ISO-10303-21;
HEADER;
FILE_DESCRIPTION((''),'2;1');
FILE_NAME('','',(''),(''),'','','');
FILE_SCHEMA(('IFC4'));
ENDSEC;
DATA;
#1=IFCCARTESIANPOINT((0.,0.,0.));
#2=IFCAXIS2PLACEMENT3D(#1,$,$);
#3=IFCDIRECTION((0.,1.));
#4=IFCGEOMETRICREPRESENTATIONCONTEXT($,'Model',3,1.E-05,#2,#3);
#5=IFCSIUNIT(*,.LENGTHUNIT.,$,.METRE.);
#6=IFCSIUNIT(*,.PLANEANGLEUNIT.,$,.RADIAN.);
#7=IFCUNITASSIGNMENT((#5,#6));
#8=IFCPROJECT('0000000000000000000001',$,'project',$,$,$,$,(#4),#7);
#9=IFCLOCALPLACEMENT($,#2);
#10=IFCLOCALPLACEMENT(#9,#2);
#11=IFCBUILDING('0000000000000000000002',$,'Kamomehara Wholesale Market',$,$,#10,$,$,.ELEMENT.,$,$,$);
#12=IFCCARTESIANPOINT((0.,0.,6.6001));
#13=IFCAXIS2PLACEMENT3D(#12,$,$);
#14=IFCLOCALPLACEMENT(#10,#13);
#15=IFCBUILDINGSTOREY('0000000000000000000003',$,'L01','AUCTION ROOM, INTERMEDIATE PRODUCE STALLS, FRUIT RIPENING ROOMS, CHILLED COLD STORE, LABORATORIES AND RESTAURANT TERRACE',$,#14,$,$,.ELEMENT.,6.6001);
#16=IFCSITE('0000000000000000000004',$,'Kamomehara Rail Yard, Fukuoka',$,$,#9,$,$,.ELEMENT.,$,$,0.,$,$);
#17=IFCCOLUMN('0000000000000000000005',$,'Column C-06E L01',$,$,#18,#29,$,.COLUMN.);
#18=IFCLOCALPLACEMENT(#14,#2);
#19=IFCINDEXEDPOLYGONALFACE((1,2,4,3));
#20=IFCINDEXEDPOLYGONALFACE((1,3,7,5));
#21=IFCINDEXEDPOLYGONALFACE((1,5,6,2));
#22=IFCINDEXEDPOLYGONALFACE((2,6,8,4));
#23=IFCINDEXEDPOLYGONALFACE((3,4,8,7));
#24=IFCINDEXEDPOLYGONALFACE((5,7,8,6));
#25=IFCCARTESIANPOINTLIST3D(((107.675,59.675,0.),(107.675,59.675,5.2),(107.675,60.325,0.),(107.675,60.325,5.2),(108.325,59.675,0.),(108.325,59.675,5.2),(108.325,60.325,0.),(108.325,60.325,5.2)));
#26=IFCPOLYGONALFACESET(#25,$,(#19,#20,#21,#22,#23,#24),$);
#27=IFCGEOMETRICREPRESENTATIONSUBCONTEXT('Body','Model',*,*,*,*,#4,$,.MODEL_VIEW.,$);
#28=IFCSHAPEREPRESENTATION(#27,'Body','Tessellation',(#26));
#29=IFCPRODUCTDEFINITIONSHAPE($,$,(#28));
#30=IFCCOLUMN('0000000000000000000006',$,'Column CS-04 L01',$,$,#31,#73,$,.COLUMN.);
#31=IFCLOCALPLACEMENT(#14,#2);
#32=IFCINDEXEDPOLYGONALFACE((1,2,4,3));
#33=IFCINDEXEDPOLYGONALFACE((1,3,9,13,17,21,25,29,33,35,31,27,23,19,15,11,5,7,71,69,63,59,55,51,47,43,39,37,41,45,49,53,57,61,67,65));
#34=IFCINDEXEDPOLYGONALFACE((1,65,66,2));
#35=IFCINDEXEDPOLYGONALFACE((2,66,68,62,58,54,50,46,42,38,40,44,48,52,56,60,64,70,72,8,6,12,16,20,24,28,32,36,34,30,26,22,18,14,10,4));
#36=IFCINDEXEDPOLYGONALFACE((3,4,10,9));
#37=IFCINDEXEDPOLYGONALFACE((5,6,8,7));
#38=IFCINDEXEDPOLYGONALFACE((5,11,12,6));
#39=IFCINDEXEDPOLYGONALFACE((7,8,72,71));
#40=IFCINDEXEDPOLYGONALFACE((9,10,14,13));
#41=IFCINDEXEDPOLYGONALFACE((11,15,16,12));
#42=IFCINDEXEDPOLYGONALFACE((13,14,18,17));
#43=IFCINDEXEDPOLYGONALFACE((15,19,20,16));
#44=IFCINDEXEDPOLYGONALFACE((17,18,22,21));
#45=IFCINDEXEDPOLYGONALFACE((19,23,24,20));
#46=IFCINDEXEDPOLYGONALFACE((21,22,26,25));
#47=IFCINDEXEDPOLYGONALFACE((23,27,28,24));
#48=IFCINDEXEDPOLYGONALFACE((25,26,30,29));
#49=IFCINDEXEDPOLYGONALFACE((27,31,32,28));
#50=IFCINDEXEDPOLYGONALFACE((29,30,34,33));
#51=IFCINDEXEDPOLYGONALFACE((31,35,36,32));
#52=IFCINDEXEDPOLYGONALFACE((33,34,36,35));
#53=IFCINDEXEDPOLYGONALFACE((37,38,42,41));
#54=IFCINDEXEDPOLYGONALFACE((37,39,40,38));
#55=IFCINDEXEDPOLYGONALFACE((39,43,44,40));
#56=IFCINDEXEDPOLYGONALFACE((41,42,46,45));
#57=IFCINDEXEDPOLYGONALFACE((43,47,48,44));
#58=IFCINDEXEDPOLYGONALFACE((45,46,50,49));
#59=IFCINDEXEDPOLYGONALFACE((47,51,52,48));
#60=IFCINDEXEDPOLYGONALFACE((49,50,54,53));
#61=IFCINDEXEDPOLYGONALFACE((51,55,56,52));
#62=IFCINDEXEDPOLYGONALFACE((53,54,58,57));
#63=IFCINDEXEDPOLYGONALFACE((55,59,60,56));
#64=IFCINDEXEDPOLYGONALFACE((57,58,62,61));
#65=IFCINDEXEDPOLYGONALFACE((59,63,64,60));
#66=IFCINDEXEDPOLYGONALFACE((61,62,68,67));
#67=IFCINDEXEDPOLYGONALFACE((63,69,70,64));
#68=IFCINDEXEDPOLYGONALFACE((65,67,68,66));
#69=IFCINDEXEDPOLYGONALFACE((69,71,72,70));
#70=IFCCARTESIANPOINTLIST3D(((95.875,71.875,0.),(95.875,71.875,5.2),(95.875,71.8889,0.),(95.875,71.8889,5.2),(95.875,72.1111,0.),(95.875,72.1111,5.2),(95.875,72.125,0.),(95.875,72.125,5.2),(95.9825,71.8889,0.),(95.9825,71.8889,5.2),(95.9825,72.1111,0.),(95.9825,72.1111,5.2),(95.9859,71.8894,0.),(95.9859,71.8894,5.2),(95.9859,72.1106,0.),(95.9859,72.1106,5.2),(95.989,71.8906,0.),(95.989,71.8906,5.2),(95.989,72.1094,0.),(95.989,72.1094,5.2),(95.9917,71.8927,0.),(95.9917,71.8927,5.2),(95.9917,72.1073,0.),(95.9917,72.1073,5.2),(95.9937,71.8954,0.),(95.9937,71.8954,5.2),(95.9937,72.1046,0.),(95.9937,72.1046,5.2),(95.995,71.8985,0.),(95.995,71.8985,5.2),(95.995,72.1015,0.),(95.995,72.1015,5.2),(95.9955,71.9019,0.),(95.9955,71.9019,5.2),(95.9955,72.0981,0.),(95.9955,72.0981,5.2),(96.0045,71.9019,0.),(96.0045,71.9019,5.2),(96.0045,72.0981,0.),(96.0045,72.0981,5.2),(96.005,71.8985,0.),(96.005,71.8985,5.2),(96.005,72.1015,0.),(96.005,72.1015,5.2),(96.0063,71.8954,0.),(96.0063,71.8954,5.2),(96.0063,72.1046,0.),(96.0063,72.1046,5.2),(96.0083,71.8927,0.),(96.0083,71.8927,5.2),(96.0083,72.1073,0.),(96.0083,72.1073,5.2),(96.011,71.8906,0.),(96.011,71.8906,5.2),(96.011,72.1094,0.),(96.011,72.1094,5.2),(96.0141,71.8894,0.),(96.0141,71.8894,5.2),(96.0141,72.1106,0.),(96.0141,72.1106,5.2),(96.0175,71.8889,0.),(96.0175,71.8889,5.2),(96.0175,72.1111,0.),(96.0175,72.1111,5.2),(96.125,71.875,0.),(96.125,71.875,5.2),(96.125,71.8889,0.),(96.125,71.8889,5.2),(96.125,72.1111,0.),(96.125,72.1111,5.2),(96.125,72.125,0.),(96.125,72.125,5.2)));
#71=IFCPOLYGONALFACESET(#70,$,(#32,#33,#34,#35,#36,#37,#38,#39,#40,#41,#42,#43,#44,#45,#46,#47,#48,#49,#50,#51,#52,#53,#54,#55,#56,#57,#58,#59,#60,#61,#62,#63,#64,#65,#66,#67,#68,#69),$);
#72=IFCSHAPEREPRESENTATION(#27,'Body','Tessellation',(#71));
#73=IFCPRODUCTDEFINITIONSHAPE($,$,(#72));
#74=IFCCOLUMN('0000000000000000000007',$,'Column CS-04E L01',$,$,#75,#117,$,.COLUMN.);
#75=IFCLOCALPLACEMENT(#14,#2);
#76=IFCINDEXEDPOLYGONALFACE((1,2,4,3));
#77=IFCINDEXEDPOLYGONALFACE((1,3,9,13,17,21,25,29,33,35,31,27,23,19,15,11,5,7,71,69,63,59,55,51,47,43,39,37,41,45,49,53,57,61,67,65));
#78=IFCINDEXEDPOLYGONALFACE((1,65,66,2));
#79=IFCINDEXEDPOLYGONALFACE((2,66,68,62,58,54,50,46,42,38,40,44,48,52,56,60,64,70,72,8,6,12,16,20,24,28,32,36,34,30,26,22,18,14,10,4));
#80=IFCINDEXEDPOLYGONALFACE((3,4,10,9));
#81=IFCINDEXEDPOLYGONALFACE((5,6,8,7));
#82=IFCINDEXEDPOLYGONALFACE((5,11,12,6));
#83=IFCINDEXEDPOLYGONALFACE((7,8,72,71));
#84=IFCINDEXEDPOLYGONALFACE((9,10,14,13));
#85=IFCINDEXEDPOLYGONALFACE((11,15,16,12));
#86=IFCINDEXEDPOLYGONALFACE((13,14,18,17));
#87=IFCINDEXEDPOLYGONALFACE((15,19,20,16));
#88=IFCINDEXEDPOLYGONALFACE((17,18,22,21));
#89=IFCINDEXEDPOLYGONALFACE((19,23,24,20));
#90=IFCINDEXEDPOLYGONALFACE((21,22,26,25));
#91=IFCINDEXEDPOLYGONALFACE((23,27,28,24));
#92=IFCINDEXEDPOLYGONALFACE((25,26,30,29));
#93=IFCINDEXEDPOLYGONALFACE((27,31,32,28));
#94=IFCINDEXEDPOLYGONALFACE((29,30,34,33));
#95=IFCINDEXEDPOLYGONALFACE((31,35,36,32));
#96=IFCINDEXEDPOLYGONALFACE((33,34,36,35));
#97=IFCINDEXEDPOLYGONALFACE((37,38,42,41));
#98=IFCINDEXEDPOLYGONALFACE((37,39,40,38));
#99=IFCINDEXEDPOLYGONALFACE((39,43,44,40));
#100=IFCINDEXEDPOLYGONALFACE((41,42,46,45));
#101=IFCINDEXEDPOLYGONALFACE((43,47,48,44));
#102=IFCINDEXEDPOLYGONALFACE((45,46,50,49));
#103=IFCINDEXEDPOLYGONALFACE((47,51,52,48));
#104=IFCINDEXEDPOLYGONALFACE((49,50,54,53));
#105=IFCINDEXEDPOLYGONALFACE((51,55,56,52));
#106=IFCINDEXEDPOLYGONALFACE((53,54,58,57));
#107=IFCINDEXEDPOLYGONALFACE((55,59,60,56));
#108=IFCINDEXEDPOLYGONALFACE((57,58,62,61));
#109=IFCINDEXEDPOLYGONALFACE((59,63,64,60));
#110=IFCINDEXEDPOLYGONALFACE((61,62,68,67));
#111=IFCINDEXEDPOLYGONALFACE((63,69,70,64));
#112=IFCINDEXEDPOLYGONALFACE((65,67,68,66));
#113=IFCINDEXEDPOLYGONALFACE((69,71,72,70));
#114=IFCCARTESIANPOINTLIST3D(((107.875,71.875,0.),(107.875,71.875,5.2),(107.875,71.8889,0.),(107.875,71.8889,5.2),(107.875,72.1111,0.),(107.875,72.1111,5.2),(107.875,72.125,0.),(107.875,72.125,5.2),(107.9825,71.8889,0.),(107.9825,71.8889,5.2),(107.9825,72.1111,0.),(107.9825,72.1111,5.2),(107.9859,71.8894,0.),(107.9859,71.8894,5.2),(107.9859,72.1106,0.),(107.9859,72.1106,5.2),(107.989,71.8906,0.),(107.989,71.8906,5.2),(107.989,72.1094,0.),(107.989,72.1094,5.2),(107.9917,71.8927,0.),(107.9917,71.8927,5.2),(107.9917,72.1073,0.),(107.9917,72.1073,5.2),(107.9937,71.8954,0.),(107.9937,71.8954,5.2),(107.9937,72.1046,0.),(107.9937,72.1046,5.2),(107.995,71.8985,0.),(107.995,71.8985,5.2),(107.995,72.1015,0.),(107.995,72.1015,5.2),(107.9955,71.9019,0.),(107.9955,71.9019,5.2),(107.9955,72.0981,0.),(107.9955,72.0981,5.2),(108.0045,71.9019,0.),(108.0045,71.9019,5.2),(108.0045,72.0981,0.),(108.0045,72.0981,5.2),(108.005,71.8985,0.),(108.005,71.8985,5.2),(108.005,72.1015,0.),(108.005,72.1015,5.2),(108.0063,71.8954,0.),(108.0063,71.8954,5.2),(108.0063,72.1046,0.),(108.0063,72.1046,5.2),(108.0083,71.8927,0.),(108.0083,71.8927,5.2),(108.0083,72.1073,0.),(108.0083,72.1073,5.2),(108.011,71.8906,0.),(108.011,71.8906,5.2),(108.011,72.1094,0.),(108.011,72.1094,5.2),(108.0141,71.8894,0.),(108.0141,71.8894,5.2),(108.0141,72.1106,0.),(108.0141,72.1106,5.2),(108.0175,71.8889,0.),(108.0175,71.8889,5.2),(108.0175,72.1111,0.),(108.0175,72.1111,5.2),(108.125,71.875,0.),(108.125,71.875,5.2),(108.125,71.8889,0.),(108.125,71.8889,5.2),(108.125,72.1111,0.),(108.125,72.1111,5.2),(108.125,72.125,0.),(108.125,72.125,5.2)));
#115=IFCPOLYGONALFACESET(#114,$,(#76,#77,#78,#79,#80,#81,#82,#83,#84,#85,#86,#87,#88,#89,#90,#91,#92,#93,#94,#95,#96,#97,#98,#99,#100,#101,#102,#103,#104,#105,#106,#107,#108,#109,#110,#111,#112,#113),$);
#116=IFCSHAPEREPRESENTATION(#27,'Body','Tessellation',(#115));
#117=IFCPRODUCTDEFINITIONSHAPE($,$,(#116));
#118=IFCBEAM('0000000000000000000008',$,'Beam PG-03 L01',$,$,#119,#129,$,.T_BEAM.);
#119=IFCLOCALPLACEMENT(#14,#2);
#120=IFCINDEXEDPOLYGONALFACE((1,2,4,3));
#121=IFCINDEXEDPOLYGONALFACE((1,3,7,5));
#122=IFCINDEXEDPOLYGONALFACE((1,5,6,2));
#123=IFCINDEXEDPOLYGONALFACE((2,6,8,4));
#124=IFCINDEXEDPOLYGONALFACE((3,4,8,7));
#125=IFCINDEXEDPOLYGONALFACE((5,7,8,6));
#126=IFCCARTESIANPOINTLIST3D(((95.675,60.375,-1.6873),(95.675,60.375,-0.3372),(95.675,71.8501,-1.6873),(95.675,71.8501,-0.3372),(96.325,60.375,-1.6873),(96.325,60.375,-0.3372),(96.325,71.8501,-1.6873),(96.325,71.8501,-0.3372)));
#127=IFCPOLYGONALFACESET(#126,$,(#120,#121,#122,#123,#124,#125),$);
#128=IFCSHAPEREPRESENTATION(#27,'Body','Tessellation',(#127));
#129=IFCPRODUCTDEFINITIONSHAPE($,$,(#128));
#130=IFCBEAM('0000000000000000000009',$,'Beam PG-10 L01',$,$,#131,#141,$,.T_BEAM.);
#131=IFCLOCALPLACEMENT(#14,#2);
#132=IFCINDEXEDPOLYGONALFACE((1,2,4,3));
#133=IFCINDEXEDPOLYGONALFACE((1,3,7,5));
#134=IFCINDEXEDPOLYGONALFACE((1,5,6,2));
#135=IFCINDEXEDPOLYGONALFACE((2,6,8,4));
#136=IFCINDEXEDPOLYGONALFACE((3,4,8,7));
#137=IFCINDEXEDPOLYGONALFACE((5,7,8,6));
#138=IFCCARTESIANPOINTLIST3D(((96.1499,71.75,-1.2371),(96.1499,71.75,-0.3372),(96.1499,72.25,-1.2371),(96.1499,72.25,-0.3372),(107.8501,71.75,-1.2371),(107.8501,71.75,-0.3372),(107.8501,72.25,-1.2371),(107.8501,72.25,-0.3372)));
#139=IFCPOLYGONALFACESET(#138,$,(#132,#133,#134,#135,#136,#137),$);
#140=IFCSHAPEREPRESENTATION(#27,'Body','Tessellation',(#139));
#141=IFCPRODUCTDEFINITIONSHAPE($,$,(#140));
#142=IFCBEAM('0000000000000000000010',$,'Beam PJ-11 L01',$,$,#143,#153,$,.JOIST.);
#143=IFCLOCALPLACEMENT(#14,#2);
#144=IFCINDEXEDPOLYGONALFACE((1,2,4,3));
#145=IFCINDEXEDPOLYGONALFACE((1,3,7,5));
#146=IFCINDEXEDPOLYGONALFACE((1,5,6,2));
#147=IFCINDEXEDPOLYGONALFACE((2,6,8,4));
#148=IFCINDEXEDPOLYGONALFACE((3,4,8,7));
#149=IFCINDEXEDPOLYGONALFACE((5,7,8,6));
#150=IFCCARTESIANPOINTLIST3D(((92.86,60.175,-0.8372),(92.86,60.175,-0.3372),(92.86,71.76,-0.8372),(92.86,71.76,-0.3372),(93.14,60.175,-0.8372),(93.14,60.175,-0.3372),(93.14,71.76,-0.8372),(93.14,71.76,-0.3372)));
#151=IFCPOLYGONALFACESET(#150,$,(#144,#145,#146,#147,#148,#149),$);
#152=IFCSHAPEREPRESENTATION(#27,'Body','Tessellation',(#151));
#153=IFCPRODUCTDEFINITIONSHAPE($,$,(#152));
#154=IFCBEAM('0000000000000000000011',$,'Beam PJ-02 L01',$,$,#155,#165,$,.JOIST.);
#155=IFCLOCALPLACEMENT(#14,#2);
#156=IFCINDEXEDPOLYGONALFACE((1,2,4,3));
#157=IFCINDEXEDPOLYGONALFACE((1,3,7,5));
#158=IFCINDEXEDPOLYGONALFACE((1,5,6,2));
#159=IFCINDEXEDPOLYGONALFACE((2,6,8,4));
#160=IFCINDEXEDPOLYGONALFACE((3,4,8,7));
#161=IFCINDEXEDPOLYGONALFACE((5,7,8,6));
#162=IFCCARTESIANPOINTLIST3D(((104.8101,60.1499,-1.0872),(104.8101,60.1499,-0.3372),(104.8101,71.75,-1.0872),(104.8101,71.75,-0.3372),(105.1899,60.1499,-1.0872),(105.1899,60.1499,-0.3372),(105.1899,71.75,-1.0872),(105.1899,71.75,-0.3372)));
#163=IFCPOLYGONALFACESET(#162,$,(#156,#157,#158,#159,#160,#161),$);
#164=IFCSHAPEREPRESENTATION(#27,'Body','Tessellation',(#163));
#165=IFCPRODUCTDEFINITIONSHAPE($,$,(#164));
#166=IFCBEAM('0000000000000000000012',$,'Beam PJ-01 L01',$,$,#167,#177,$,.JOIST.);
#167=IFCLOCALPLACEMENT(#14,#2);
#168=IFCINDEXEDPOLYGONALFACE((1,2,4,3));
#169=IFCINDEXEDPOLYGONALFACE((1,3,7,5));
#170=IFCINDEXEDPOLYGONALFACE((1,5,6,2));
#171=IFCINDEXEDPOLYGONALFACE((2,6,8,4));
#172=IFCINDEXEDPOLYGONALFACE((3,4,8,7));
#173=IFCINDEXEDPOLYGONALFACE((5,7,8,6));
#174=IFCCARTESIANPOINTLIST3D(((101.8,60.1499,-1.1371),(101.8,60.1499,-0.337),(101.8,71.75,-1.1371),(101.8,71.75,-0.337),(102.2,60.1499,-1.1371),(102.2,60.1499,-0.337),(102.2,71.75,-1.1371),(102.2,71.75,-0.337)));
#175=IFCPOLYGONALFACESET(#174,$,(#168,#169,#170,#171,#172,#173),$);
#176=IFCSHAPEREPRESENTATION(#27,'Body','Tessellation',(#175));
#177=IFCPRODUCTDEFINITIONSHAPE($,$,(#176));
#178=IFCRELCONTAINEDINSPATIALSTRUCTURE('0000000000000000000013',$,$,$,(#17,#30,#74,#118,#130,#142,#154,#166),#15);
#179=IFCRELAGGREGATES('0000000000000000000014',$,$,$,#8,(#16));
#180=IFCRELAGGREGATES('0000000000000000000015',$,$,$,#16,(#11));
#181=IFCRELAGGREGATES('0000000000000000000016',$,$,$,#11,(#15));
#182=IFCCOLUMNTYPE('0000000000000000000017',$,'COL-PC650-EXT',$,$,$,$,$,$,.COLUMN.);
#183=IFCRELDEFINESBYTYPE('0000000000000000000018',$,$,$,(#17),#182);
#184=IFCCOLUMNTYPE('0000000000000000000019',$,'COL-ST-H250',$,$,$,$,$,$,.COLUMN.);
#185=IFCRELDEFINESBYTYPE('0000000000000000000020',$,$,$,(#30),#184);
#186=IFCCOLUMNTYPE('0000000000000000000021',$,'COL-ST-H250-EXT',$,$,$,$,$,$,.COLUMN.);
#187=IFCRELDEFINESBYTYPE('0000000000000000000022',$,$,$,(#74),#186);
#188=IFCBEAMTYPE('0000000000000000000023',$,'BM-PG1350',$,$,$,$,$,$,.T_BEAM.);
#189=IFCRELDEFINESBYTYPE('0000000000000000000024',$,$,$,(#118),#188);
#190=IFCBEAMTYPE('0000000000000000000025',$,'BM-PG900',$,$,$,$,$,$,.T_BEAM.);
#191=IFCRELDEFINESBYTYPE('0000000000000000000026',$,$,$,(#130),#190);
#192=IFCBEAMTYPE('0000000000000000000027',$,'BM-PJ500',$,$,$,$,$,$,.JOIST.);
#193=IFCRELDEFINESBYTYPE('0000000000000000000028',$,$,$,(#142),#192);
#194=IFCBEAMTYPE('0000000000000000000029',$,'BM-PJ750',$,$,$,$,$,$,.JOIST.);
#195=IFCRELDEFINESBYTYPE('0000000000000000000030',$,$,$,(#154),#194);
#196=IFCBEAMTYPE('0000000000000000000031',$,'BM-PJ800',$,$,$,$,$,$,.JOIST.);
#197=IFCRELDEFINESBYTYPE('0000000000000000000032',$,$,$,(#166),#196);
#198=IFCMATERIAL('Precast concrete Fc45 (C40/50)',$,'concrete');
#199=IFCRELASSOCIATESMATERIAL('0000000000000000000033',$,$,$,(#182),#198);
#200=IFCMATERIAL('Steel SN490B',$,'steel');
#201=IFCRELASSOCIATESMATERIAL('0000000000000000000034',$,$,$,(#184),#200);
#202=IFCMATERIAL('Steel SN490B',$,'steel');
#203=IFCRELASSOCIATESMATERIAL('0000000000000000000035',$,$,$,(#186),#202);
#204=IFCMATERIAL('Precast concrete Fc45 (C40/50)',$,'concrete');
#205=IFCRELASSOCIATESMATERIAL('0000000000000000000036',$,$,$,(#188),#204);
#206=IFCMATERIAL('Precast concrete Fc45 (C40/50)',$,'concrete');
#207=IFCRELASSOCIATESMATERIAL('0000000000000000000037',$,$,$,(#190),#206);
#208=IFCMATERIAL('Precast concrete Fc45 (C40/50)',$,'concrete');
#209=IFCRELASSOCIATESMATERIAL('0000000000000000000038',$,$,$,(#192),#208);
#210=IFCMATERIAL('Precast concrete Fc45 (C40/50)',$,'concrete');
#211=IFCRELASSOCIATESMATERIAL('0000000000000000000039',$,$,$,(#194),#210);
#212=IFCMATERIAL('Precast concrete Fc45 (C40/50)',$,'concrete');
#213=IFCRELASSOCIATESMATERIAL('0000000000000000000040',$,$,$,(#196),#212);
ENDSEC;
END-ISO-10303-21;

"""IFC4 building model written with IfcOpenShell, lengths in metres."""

from ifc_helpers import new_model, si_unit, direction, frame, origin, origin_2d, place, context, subcontext, project, spatial, rectangle, i_section, extrude, material, material_profile, profile_set, type_object, element, save


model = new_model("IFC4")

# Units and contexts
model_context = context("Model", 3, precision=1e-05, world=origin(), true_north=direction((0.0, 1.0)))
body_context = subcontext(model_context, "Body", "Model", "MODEL_VIEW")
ifc_project = project(units=[si_unit("LENGTHUNIT", "METRE"), si_unit("PLANEANGLEUNIT", "RADIAN")], contexts=[model_context])

# Site, building, storey
site_placement = place(None, origin())
site = spatial("IfcSite", under=ifc_project, at=site_placement, Name="Kamomehara Rail Yard, Fukuoka", CompositionType="ELEMENT", RefElevation=0.0)
building_placement = place(site_placement, origin())
building = spatial("IfcBuilding", under=site, at=building_placement, Name="Kamomehara Wholesale Market", CompositionType="ELEMENT")
storey_placement = place(building_placement, frame((0.0, 0.0, 6.6001)))
storey = spatial("IfcBuildingStorey", under=building, at=storey_placement, Name="L01", Description="AUCTION ROOM, INTERMEDIATE PRODUCE STALLS, FRUIT RIPENING ROOMS, CHILLED COLD STORE, LABORATORIES AND RESTAURANT TERRACE", CompositionType="ELEMENT", Elevation=6.6001)

# Columns
ifc_material_1 = material(Name="Precast concrete Fc45 (C40/50)", Category="concrete")
ifc_material_profile_1 = material_profile(ifc_material_1, rectangle(XDim=0.6499, YDim=0.6499, at=origin_2d()), Name="PC-COL-650x650")
ifc_profile_set_1 = profile_set([ifc_material_profile_1], Name="Precast concrete Fc45 (C40/50)")
column_type_1 = type_object("IfcColumnType", Name="COL-PC650-EXT", PredefinedType="COLUMN", material=ifc_profile_set_1)
column_1_placement = place(storey_placement, frame((108.0, 60.0, 0.0), z_axis=(0.0, 0.0, 1.0), x_axis=(1.0, 0.0, 0.0)))
element("IfcColumn", 1, at=column_1_placement, inside=storey, type_object=column_type_1, Name="Column C-06E L01", PredefinedType="COLUMN", context=body_context, shape_type="SweptSolid", body=[
    extrude(rectangle(XDim=0.6499, YDim=0.6499, at=origin_2d()), origin(), (0.0, 0.0, 1.0), 5.2),
])
ifc_material_2 = material(Name="Steel SN490B", Category="steel")
ifc_material_profile_2 = material_profile(ifc_material_2, i_section(OverallWidth=0.25, OverallDepth=0.25, WebThickness=0.009, FlangeThickness=0.0139, FilletRadius=0.0129, at=origin_2d()), Name="H-250x250x9x14")
ifc_profile_set_2 = profile_set([ifc_material_profile_2], Name="Steel SN490B")
column_type_2 = type_object("IfcColumnType", Name="COL-ST-H250", PredefinedType="COLUMN", material=ifc_profile_set_2)
column_2_placement = place(storey_placement, frame((96.0, 72.0, 0.0), z_axis=(0.0, 0.0, 1.0), x_axis=(1.0, 0.0, 0.0)))
element("IfcColumn", 2, at=column_2_placement, inside=storey, type_object=column_type_2, Name="Column CS-04 L01", PredefinedType="COLUMN", context=body_context, shape_type="SweptSolid", body=[
    extrude(i_section(OverallWidth=0.25, OverallDepth=0.25, WebThickness=0.009, FlangeThickness=0.0139, FilletRadius=0.0129, at=origin_2d()), origin(), (0.0, 0.0, 1.0), 5.2),
])
ifc_material_3 = material(Name="Steel SN490B", Category="steel")
ifc_material_profile_3 = material_profile(ifc_material_3, i_section(OverallWidth=0.25, OverallDepth=0.25, WebThickness=0.009, FlangeThickness=0.0139, FilletRadius=0.0129, at=origin_2d()), Name="H-250x250x9x14")
ifc_profile_set_3 = profile_set([ifc_material_profile_3], Name="Steel SN490B")
column_type_3 = type_object("IfcColumnType", Name="COL-ST-H250-EXT", PredefinedType="COLUMN", material=ifc_profile_set_3)
column_3_placement = place(storey_placement, frame((108.0, 72.0, 0.0), z_axis=(0.0, 0.0, 1.0), x_axis=(1.0, 0.0, 0.0)))
element("IfcColumn", 3, at=column_3_placement, inside=storey, type_object=column_type_3, Name="Column CS-04E L01", PredefinedType="COLUMN", context=body_context, shape_type="SweptSolid", body=[
    extrude(i_section(OverallWidth=0.25, OverallDepth=0.25, WebThickness=0.009, FlangeThickness=0.0139, FilletRadius=0.0129, at=origin_2d()), origin(), (0.0, 0.0, 1.0), 5.2),
])

# Beams
ifc_material_4 = material(Name="Precast concrete Fc45 (C40/50)", Category="concrete")
ifc_material_profile_4 = material_profile(ifc_material_4, rectangle(XDim=0.6499, YDim=1.3501, at=origin_2d()), Name="PC-GRD-650x1350")
ifc_profile_set_4 = profile_set([ifc_material_profile_4], Name="Precast concrete Fc45 (C40/50)")
beam_type_1 = type_object("IfcBeamType", Name="BM-PG1350", PredefinedType="T_BEAM", material=ifc_profile_set_4)
beam_1_placement = place(storey_placement, frame((96.0, 60.375, -1.0122), z_axis=(0.0, 1.0, 0.0), x_axis=(-1.0, 0.0, 0.0)))
element("IfcBeam", 4, at=beam_1_placement, inside=storey, type_object=beam_type_1, Name="Beam PG-03 L01", PredefinedType="T_BEAM", context=body_context, shape_type="SweptSolid", body=[
    extrude(rectangle(XDim=0.6499, YDim=1.3501, at=origin_2d()), origin(), (0.0, 0.0, 1.0), 11.4751),
])
ifc_material_5 = material(Name="Precast concrete Fc45 (C40/50)", Category="concrete")
ifc_material_profile_5 = material_profile(ifc_material_5, rectangle(XDim=0.5, YDim=0.8999, at=origin_2d()), Name="PC-GRD-500x900")
ifc_profile_set_5 = profile_set([ifc_material_profile_5], Name="Precast concrete Fc45 (C40/50)")
beam_type_2 = type_object("IfcBeamType", Name="BM-PG900", PredefinedType="T_BEAM", material=ifc_profile_set_5)
beam_2_placement = place(storey_placement, frame((96.1499, 72.0, -0.7871), z_axis=(1.0, 0.0, 0.0), x_axis=(0.0, 1.0, 0.0)))
element("IfcBeam", 5, at=beam_2_placement, inside=storey, type_object=beam_type_2, Name="Beam PG-10 L01", PredefinedType="T_BEAM", context=body_context, shape_type="SweptSolid", body=[
    extrude(rectangle(XDim=0.5, YDim=0.8999, at=origin_2d()), origin(), (0.0, 0.0, 1.0), 11.7002),
])
ifc_material_6 = material(Name="Precast concrete Fc45 (C40/50)", Category="concrete")
ifc_material_profile_6 = material_profile(ifc_material_6, rectangle(XDim=0.28, YDim=0.5, at=origin_2d()), Name="PC-JST-280x500")
ifc_profile_set_6 = profile_set([ifc_material_profile_6], Name="Precast concrete Fc45 (C40/50)")
beam_type_3 = type_object("IfcBeamType", Name="BM-PJ500", PredefinedType="JOIST", material=ifc_profile_set_6)
beam_3_placement = place(storey_placement, frame((93.0, 60.175, -0.5872), z_axis=(0.0, 1.0, 0.0), x_axis=(-1.0, 0.0, 0.0)))
element("IfcBeam", 6, at=beam_3_placement, inside=storey, type_object=beam_type_3, Name="Beam PJ-11 L01", PredefinedType="JOIST", context=body_context, shape_type="SweptSolid", body=[
    extrude(rectangle(XDim=0.28, YDim=0.5, at=origin_2d()), origin(), (0.0, 0.0, 1.0), 11.585),
])
ifc_material_7 = material(Name="Precast concrete Fc45 (C40/50)", Category="concrete")
ifc_material_profile_7 = material_profile(ifc_material_7, rectangle(XDim=0.3799, YDim=0.75, at=origin_2d()), Name="PC-JST-380x750")
ifc_profile_set_7 = profile_set([ifc_material_profile_7], Name="Precast concrete Fc45 (C40/50)")
beam_type_4 = type_object("IfcBeamType", Name="BM-PJ750", PredefinedType="JOIST", material=ifc_profile_set_7)
beam_4_placement = place(storey_placement, frame((105.0, 60.1499, -0.7122), z_axis=(0.0, 1.0, 0.0), x_axis=(-1.0, 0.0, 0.0)))
element("IfcBeam", 7, at=beam_4_placement, inside=storey, type_object=beam_type_4, Name="Beam PJ-02 L01", PredefinedType="JOIST", context=body_context, shape_type="SweptSolid", body=[
    extrude(rectangle(XDim=0.3799, YDim=0.75, at=origin_2d()), origin(), (0.0, 0.0, 1.0), 11.6001),
])
ifc_material_8 = material(Name="Precast concrete Fc45 (C40/50)", Category="concrete")
ifc_material_profile_8 = material_profile(ifc_material_8, rectangle(XDim=0.3999, YDim=0.8, at=origin_2d()), Name="PC-JST-400x800")
ifc_profile_set_8 = profile_set([ifc_material_profile_8], Name="Precast concrete Fc45 (C40/50)")
beam_type_5 = type_object("IfcBeamType", Name="BM-PJ800", PredefinedType="JOIST", material=ifc_profile_set_8)
beam_5_placement = place(storey_placement, frame((102.0, 60.1499, -0.7371), z_axis=(0.0, 1.0, 0.0), x_axis=(-1.0, 0.0, 0.0)))
element("IfcBeam", 8, at=beam_5_placement, inside=storey, type_object=beam_type_5, Name="Beam PJ-01 L01", PredefinedType="JOIST", context=body_context, shape_type="SweptSolid", body=[
    extrude(rectangle(XDim=0.3999, YDim=0.8, at=origin_2d()), origin(), (0.0, 0.0, 1.0), 11.6001),
])

save(model, "model.ifc")
